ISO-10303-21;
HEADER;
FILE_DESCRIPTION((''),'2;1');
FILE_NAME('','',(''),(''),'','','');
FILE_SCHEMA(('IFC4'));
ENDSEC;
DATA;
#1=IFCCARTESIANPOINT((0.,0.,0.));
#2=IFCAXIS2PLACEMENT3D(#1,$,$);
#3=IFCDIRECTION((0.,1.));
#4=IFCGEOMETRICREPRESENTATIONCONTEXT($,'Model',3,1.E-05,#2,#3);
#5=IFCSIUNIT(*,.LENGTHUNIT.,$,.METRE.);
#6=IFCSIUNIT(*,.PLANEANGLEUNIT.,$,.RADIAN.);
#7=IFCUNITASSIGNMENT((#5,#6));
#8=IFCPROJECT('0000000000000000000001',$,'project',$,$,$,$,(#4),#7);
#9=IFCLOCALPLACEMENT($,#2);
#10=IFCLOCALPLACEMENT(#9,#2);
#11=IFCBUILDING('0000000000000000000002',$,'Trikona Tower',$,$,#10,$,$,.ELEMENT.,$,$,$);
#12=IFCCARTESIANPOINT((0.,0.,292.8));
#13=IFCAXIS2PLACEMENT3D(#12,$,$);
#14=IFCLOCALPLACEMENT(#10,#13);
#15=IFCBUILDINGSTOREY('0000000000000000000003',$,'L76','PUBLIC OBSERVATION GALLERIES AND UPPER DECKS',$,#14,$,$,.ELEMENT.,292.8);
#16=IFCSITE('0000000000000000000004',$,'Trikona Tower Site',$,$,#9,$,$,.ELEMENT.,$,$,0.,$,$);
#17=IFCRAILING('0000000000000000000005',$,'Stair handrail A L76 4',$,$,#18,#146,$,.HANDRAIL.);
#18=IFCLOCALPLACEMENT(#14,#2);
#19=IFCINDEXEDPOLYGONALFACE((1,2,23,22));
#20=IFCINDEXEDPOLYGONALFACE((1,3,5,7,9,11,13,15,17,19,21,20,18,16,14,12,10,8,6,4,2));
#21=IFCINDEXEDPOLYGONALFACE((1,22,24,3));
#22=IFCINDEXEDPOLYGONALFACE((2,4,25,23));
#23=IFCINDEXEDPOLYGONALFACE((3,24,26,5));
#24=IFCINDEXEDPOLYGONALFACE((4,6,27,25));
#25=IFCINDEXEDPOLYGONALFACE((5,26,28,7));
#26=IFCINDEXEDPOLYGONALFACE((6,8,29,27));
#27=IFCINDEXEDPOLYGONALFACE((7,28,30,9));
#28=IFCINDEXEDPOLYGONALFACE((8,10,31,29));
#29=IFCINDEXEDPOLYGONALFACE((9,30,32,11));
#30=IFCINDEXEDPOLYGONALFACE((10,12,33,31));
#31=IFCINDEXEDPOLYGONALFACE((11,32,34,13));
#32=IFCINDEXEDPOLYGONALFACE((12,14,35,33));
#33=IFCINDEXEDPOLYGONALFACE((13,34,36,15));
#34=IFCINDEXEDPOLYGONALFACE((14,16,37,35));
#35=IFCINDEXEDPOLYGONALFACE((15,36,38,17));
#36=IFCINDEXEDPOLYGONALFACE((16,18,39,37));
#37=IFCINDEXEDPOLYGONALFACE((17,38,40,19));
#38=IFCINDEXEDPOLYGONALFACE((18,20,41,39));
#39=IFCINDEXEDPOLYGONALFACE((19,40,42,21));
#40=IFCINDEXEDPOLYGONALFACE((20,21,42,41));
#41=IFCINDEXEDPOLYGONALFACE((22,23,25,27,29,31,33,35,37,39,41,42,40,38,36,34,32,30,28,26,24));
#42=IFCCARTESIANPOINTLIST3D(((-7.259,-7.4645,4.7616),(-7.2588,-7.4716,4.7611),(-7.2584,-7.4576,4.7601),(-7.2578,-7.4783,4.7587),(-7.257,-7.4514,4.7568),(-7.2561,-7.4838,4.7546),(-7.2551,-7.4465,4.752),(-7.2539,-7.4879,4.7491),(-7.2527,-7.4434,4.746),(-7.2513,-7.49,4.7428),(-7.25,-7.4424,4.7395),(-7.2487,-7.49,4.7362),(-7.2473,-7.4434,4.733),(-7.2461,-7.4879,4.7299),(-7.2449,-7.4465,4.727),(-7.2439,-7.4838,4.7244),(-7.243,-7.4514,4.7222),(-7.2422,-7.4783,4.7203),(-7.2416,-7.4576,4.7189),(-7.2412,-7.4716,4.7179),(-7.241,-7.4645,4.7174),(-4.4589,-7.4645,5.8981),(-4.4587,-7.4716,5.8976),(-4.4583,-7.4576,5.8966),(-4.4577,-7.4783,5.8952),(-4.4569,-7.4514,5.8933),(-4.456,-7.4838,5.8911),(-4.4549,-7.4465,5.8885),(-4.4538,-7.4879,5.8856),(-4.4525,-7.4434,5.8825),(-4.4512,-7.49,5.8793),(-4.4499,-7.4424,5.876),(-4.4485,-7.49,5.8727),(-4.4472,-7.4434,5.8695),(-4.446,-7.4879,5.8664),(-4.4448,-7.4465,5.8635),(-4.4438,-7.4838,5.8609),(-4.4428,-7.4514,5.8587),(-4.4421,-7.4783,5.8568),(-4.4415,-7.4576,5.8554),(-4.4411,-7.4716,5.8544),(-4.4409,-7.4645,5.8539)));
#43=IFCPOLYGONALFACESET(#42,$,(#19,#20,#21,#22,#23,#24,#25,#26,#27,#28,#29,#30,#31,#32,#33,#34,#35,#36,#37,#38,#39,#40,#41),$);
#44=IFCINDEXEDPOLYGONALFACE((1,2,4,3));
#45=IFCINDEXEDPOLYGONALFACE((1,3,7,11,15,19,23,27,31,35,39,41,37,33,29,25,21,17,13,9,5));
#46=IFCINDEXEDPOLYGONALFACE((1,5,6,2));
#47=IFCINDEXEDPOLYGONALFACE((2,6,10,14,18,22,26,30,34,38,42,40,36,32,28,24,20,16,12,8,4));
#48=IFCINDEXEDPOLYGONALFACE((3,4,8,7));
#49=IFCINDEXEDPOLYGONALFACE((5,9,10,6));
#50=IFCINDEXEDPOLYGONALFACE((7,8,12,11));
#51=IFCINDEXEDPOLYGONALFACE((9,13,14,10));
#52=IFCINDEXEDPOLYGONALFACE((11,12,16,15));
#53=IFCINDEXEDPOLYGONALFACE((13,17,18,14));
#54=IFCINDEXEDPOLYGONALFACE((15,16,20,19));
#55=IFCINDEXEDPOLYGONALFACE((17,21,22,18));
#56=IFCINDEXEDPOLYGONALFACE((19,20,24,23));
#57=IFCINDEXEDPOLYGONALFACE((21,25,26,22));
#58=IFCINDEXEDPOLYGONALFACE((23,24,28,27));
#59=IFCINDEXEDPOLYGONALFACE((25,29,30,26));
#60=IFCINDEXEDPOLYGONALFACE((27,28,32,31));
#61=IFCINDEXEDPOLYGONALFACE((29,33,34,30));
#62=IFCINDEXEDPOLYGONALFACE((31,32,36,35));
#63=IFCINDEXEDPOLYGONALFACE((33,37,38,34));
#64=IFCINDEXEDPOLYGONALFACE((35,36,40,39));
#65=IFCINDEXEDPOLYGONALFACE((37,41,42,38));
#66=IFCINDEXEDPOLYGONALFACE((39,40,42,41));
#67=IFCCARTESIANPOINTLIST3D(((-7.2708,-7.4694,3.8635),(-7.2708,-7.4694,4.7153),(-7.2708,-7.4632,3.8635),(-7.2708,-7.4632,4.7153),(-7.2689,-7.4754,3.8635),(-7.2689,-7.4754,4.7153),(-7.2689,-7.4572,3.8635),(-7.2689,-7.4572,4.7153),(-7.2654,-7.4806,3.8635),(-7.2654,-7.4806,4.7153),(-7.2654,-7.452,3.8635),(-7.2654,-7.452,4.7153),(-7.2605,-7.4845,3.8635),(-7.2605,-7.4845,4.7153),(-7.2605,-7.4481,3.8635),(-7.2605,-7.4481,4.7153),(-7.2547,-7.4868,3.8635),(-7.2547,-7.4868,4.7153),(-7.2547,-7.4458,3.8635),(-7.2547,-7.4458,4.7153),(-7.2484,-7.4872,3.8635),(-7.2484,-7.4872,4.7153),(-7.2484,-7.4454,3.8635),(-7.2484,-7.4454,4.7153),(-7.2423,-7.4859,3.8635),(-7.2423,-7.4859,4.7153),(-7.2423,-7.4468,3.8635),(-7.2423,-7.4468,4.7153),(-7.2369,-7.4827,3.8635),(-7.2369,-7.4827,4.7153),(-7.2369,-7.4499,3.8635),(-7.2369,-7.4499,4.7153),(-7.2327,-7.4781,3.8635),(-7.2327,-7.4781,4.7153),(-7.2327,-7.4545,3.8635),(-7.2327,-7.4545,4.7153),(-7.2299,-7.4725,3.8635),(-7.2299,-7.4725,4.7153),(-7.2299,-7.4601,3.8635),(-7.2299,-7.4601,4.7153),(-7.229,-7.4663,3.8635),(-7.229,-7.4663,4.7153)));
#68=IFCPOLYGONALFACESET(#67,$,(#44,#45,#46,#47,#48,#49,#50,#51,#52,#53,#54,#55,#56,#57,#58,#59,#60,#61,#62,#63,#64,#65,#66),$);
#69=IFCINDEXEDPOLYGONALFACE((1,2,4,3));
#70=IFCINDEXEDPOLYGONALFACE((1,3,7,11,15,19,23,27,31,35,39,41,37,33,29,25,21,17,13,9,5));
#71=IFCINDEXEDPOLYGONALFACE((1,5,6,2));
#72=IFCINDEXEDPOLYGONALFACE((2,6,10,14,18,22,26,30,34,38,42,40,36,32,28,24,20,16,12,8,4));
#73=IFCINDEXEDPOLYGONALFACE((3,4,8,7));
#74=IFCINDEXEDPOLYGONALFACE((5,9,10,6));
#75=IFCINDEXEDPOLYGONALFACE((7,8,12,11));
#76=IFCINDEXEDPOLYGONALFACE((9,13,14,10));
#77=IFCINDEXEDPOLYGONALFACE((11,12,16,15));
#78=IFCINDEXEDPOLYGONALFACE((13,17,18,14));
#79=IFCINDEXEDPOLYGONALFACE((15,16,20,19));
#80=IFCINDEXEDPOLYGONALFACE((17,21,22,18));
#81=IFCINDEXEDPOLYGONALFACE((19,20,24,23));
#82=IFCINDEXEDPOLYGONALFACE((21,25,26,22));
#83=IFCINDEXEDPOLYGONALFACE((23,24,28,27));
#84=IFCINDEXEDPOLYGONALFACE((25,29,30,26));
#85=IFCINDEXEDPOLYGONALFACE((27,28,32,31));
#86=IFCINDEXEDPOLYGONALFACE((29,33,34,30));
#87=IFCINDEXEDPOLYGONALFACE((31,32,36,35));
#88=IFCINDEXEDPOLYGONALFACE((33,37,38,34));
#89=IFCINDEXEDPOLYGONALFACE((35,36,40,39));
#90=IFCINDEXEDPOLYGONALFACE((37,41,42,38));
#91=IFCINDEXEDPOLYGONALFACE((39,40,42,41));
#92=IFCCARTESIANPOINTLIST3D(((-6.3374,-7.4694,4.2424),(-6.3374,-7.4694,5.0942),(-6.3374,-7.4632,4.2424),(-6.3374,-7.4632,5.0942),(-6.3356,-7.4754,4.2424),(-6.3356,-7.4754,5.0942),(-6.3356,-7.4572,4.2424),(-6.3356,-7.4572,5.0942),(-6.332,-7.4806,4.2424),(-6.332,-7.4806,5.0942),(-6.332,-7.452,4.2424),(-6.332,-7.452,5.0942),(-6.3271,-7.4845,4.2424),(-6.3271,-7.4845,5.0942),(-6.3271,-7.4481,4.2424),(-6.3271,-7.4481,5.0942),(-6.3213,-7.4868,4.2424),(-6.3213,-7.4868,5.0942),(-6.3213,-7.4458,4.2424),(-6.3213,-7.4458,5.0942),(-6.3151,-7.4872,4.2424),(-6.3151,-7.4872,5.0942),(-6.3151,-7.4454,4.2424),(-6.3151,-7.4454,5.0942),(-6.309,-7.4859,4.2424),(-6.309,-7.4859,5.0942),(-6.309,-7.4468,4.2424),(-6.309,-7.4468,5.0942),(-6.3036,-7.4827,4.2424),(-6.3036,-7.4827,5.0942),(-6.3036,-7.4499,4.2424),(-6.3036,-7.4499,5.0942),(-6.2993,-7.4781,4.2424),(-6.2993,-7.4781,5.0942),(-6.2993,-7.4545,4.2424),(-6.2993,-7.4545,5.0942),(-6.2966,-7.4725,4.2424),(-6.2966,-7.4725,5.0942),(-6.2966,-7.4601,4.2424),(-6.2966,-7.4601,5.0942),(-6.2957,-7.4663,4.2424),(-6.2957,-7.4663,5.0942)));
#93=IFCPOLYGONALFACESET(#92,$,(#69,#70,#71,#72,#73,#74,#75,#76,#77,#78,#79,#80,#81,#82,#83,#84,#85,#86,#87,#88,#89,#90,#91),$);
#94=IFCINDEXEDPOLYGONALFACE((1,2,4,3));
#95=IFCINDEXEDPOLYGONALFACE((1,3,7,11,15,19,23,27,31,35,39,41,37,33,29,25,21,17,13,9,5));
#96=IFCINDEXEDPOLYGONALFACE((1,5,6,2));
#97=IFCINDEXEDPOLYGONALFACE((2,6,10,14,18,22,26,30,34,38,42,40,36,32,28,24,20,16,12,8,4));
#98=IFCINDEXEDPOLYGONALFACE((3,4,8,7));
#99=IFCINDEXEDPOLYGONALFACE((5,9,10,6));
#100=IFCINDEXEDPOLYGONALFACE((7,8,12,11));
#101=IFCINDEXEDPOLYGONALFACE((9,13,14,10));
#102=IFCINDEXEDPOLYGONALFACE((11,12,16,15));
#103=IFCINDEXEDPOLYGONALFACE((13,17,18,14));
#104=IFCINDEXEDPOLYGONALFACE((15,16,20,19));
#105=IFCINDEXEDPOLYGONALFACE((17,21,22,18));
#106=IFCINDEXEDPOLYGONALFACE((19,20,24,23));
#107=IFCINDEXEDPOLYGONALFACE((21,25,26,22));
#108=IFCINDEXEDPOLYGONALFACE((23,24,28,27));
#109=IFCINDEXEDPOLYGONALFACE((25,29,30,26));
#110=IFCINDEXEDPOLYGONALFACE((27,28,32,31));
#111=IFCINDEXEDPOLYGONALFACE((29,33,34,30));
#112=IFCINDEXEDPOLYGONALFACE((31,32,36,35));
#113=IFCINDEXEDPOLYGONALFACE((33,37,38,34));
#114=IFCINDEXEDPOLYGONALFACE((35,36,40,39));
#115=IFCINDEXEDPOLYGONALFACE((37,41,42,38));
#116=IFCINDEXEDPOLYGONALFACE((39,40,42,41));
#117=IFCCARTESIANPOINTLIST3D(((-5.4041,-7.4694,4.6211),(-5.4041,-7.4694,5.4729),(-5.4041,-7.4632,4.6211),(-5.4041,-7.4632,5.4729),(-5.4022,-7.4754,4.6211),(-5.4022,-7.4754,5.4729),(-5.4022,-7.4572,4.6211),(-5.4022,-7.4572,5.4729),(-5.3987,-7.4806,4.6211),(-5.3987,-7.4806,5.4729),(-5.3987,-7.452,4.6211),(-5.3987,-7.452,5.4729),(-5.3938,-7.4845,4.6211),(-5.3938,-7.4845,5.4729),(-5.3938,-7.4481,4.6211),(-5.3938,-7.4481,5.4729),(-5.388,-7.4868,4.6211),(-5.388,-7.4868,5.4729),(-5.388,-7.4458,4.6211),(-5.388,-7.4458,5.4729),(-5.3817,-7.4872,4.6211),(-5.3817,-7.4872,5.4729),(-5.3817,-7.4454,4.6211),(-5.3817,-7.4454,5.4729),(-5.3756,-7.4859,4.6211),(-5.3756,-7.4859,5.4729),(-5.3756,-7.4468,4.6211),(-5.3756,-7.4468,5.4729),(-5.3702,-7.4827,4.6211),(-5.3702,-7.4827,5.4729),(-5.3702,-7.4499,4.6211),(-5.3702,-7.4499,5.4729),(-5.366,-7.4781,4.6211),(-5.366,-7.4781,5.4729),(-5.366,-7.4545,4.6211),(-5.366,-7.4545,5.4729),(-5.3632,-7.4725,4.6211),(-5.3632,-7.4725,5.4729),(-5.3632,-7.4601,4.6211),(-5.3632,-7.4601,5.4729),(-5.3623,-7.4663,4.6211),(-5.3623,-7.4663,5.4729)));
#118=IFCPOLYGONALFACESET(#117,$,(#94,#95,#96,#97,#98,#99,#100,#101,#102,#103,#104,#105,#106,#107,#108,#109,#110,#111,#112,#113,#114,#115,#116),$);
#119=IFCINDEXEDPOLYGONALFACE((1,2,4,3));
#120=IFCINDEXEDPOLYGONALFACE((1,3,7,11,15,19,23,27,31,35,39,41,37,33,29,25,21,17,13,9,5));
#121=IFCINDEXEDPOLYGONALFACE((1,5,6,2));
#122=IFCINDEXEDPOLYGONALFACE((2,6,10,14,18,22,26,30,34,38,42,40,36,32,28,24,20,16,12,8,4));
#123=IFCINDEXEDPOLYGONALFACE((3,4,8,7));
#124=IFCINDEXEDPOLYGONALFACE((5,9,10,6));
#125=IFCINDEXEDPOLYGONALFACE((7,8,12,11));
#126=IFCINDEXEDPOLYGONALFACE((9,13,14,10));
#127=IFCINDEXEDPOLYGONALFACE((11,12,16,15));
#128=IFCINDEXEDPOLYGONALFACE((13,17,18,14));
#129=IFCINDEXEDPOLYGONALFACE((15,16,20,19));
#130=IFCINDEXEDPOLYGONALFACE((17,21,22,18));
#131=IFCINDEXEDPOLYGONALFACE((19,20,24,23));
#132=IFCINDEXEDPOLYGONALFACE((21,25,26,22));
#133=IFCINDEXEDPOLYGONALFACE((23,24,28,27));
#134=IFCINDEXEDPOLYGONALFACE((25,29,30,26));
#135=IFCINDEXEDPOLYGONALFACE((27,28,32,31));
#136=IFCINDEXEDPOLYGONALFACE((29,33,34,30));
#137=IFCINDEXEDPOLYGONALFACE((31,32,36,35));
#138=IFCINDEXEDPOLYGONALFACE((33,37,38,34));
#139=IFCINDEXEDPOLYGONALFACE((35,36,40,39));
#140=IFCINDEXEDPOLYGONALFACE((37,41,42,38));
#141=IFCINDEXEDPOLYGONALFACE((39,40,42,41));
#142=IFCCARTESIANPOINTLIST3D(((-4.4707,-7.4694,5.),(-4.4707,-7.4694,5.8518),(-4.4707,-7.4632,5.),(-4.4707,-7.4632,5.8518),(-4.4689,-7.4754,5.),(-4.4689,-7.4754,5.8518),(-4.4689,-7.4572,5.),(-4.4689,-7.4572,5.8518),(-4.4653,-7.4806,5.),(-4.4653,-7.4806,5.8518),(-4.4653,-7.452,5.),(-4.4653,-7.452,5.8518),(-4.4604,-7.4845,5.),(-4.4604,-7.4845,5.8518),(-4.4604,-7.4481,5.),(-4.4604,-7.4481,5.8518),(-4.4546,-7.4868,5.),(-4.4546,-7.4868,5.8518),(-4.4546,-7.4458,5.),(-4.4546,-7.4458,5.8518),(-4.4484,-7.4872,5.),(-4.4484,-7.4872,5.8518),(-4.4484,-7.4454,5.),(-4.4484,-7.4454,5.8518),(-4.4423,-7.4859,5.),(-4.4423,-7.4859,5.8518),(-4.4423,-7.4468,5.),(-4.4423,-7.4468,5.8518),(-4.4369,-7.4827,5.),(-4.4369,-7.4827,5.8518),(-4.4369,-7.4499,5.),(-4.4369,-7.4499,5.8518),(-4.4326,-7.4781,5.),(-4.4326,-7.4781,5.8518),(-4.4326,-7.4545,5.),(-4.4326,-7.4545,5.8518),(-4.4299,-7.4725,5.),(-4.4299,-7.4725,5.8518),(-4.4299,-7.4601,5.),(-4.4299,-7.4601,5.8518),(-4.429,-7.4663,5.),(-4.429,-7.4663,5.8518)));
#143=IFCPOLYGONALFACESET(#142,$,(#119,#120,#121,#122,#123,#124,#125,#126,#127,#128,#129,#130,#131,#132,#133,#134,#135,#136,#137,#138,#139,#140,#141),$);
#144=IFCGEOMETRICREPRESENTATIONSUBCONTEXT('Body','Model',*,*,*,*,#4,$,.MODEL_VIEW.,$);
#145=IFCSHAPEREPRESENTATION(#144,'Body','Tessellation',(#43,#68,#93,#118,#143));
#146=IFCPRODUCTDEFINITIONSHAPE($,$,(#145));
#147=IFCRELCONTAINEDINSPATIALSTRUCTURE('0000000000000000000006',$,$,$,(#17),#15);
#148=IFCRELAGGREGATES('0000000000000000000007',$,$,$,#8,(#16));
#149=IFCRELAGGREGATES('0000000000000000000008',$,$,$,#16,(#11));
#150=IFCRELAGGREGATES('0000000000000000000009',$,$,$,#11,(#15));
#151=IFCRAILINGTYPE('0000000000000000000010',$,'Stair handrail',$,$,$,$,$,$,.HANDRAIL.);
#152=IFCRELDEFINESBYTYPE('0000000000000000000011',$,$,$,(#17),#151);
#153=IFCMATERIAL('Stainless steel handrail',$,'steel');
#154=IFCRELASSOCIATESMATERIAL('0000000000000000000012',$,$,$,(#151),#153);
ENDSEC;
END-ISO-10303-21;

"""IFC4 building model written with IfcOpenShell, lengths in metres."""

from ifc_helpers import new_model, si_unit, direction, frame, origin, origin_2d, place, context, subcontext, project, spatial, circle, extrude, material, type_object, element, save


model = new_model("IFC4")

# Units and contexts
model_context = context("Model", 3, precision=1e-05, world=origin(), true_north=direction((0.0, 1.0)))
body_context = subcontext(model_context, "Body", "Model", "MODEL_VIEW")
ifc_project = project(units=[si_unit("LENGTHUNIT", "METRE"), si_unit("PLANEANGLEUNIT", "RADIAN")], contexts=[model_context])

# Site, building, storey
site_placement = place(None, origin())
site = spatial("IfcSite", under=ifc_project, at=site_placement, Name="Trikona Tower Site", CompositionType="ELEMENT", RefElevation=0.0)
building_placement = place(site_placement, origin())
building = spatial("IfcBuilding", under=site, at=building_placement, Name="Trikona Tower", CompositionType="ELEMENT")
storey_placement = place(building_placement, frame((0.0, 0.0, 292.8)))
storey = spatial("IfcBuildingStorey", under=building, at=storey_placement, Name="L76", Description="PUBLIC OBSERVATION GALLERIES AND UPPER DECKS", CompositionType="ELEMENT", Elevation=292.8)

# Railing
ifc_material_1 = material(Name="Stainless steel handrail", Category="steel")
railing_type = type_object("IfcRailingType", Name="Stair handrail", PredefinedType="HANDRAIL", material=ifc_material_1)
railing_1_placement = place(storey_placement, frame((-7.25, -7.4663, 3.8635)))
element("IfcRailing", 1, at=railing_1_placement, inside=storey, type_object=railing_type, Name="Stair handrail A L76 4", PredefinedType="HANDRAIL", context=body_context, shape_type="SweptSolid", body=[
    extrude(circle(Radius=0.0239, at=origin_2d()), frame((0.0, 0.0, 0.876), z_axis=(0.926587, 0.0, 0.37608), x_axis=(0.0, 1.0, 0.0)), (0.0, 0.0, 1.0), 3.022),
    extrude(circle(Radius=0.021, at=origin_2d()), origin(), (0.0, 0.0, 1.0), 0.8518),
    extrude(circle(Radius=0.021, at=origin_2d()), frame((0.9333, 0.0, 0.3789)), (0.0, 0.0, 1.0), 0.8518),
    extrude(circle(Radius=0.021, at=origin_2d()), frame((1.8667, 0.0, 0.7576)), (0.0, 0.0, 1.0), 0.8518),
    extrude(circle(Radius=0.021, at=origin_2d()), frame((2.8, 0.0, 1.1365)), (0.0, 0.0, 1.0), 0.8518),
])

save(model, "model.ifc")
